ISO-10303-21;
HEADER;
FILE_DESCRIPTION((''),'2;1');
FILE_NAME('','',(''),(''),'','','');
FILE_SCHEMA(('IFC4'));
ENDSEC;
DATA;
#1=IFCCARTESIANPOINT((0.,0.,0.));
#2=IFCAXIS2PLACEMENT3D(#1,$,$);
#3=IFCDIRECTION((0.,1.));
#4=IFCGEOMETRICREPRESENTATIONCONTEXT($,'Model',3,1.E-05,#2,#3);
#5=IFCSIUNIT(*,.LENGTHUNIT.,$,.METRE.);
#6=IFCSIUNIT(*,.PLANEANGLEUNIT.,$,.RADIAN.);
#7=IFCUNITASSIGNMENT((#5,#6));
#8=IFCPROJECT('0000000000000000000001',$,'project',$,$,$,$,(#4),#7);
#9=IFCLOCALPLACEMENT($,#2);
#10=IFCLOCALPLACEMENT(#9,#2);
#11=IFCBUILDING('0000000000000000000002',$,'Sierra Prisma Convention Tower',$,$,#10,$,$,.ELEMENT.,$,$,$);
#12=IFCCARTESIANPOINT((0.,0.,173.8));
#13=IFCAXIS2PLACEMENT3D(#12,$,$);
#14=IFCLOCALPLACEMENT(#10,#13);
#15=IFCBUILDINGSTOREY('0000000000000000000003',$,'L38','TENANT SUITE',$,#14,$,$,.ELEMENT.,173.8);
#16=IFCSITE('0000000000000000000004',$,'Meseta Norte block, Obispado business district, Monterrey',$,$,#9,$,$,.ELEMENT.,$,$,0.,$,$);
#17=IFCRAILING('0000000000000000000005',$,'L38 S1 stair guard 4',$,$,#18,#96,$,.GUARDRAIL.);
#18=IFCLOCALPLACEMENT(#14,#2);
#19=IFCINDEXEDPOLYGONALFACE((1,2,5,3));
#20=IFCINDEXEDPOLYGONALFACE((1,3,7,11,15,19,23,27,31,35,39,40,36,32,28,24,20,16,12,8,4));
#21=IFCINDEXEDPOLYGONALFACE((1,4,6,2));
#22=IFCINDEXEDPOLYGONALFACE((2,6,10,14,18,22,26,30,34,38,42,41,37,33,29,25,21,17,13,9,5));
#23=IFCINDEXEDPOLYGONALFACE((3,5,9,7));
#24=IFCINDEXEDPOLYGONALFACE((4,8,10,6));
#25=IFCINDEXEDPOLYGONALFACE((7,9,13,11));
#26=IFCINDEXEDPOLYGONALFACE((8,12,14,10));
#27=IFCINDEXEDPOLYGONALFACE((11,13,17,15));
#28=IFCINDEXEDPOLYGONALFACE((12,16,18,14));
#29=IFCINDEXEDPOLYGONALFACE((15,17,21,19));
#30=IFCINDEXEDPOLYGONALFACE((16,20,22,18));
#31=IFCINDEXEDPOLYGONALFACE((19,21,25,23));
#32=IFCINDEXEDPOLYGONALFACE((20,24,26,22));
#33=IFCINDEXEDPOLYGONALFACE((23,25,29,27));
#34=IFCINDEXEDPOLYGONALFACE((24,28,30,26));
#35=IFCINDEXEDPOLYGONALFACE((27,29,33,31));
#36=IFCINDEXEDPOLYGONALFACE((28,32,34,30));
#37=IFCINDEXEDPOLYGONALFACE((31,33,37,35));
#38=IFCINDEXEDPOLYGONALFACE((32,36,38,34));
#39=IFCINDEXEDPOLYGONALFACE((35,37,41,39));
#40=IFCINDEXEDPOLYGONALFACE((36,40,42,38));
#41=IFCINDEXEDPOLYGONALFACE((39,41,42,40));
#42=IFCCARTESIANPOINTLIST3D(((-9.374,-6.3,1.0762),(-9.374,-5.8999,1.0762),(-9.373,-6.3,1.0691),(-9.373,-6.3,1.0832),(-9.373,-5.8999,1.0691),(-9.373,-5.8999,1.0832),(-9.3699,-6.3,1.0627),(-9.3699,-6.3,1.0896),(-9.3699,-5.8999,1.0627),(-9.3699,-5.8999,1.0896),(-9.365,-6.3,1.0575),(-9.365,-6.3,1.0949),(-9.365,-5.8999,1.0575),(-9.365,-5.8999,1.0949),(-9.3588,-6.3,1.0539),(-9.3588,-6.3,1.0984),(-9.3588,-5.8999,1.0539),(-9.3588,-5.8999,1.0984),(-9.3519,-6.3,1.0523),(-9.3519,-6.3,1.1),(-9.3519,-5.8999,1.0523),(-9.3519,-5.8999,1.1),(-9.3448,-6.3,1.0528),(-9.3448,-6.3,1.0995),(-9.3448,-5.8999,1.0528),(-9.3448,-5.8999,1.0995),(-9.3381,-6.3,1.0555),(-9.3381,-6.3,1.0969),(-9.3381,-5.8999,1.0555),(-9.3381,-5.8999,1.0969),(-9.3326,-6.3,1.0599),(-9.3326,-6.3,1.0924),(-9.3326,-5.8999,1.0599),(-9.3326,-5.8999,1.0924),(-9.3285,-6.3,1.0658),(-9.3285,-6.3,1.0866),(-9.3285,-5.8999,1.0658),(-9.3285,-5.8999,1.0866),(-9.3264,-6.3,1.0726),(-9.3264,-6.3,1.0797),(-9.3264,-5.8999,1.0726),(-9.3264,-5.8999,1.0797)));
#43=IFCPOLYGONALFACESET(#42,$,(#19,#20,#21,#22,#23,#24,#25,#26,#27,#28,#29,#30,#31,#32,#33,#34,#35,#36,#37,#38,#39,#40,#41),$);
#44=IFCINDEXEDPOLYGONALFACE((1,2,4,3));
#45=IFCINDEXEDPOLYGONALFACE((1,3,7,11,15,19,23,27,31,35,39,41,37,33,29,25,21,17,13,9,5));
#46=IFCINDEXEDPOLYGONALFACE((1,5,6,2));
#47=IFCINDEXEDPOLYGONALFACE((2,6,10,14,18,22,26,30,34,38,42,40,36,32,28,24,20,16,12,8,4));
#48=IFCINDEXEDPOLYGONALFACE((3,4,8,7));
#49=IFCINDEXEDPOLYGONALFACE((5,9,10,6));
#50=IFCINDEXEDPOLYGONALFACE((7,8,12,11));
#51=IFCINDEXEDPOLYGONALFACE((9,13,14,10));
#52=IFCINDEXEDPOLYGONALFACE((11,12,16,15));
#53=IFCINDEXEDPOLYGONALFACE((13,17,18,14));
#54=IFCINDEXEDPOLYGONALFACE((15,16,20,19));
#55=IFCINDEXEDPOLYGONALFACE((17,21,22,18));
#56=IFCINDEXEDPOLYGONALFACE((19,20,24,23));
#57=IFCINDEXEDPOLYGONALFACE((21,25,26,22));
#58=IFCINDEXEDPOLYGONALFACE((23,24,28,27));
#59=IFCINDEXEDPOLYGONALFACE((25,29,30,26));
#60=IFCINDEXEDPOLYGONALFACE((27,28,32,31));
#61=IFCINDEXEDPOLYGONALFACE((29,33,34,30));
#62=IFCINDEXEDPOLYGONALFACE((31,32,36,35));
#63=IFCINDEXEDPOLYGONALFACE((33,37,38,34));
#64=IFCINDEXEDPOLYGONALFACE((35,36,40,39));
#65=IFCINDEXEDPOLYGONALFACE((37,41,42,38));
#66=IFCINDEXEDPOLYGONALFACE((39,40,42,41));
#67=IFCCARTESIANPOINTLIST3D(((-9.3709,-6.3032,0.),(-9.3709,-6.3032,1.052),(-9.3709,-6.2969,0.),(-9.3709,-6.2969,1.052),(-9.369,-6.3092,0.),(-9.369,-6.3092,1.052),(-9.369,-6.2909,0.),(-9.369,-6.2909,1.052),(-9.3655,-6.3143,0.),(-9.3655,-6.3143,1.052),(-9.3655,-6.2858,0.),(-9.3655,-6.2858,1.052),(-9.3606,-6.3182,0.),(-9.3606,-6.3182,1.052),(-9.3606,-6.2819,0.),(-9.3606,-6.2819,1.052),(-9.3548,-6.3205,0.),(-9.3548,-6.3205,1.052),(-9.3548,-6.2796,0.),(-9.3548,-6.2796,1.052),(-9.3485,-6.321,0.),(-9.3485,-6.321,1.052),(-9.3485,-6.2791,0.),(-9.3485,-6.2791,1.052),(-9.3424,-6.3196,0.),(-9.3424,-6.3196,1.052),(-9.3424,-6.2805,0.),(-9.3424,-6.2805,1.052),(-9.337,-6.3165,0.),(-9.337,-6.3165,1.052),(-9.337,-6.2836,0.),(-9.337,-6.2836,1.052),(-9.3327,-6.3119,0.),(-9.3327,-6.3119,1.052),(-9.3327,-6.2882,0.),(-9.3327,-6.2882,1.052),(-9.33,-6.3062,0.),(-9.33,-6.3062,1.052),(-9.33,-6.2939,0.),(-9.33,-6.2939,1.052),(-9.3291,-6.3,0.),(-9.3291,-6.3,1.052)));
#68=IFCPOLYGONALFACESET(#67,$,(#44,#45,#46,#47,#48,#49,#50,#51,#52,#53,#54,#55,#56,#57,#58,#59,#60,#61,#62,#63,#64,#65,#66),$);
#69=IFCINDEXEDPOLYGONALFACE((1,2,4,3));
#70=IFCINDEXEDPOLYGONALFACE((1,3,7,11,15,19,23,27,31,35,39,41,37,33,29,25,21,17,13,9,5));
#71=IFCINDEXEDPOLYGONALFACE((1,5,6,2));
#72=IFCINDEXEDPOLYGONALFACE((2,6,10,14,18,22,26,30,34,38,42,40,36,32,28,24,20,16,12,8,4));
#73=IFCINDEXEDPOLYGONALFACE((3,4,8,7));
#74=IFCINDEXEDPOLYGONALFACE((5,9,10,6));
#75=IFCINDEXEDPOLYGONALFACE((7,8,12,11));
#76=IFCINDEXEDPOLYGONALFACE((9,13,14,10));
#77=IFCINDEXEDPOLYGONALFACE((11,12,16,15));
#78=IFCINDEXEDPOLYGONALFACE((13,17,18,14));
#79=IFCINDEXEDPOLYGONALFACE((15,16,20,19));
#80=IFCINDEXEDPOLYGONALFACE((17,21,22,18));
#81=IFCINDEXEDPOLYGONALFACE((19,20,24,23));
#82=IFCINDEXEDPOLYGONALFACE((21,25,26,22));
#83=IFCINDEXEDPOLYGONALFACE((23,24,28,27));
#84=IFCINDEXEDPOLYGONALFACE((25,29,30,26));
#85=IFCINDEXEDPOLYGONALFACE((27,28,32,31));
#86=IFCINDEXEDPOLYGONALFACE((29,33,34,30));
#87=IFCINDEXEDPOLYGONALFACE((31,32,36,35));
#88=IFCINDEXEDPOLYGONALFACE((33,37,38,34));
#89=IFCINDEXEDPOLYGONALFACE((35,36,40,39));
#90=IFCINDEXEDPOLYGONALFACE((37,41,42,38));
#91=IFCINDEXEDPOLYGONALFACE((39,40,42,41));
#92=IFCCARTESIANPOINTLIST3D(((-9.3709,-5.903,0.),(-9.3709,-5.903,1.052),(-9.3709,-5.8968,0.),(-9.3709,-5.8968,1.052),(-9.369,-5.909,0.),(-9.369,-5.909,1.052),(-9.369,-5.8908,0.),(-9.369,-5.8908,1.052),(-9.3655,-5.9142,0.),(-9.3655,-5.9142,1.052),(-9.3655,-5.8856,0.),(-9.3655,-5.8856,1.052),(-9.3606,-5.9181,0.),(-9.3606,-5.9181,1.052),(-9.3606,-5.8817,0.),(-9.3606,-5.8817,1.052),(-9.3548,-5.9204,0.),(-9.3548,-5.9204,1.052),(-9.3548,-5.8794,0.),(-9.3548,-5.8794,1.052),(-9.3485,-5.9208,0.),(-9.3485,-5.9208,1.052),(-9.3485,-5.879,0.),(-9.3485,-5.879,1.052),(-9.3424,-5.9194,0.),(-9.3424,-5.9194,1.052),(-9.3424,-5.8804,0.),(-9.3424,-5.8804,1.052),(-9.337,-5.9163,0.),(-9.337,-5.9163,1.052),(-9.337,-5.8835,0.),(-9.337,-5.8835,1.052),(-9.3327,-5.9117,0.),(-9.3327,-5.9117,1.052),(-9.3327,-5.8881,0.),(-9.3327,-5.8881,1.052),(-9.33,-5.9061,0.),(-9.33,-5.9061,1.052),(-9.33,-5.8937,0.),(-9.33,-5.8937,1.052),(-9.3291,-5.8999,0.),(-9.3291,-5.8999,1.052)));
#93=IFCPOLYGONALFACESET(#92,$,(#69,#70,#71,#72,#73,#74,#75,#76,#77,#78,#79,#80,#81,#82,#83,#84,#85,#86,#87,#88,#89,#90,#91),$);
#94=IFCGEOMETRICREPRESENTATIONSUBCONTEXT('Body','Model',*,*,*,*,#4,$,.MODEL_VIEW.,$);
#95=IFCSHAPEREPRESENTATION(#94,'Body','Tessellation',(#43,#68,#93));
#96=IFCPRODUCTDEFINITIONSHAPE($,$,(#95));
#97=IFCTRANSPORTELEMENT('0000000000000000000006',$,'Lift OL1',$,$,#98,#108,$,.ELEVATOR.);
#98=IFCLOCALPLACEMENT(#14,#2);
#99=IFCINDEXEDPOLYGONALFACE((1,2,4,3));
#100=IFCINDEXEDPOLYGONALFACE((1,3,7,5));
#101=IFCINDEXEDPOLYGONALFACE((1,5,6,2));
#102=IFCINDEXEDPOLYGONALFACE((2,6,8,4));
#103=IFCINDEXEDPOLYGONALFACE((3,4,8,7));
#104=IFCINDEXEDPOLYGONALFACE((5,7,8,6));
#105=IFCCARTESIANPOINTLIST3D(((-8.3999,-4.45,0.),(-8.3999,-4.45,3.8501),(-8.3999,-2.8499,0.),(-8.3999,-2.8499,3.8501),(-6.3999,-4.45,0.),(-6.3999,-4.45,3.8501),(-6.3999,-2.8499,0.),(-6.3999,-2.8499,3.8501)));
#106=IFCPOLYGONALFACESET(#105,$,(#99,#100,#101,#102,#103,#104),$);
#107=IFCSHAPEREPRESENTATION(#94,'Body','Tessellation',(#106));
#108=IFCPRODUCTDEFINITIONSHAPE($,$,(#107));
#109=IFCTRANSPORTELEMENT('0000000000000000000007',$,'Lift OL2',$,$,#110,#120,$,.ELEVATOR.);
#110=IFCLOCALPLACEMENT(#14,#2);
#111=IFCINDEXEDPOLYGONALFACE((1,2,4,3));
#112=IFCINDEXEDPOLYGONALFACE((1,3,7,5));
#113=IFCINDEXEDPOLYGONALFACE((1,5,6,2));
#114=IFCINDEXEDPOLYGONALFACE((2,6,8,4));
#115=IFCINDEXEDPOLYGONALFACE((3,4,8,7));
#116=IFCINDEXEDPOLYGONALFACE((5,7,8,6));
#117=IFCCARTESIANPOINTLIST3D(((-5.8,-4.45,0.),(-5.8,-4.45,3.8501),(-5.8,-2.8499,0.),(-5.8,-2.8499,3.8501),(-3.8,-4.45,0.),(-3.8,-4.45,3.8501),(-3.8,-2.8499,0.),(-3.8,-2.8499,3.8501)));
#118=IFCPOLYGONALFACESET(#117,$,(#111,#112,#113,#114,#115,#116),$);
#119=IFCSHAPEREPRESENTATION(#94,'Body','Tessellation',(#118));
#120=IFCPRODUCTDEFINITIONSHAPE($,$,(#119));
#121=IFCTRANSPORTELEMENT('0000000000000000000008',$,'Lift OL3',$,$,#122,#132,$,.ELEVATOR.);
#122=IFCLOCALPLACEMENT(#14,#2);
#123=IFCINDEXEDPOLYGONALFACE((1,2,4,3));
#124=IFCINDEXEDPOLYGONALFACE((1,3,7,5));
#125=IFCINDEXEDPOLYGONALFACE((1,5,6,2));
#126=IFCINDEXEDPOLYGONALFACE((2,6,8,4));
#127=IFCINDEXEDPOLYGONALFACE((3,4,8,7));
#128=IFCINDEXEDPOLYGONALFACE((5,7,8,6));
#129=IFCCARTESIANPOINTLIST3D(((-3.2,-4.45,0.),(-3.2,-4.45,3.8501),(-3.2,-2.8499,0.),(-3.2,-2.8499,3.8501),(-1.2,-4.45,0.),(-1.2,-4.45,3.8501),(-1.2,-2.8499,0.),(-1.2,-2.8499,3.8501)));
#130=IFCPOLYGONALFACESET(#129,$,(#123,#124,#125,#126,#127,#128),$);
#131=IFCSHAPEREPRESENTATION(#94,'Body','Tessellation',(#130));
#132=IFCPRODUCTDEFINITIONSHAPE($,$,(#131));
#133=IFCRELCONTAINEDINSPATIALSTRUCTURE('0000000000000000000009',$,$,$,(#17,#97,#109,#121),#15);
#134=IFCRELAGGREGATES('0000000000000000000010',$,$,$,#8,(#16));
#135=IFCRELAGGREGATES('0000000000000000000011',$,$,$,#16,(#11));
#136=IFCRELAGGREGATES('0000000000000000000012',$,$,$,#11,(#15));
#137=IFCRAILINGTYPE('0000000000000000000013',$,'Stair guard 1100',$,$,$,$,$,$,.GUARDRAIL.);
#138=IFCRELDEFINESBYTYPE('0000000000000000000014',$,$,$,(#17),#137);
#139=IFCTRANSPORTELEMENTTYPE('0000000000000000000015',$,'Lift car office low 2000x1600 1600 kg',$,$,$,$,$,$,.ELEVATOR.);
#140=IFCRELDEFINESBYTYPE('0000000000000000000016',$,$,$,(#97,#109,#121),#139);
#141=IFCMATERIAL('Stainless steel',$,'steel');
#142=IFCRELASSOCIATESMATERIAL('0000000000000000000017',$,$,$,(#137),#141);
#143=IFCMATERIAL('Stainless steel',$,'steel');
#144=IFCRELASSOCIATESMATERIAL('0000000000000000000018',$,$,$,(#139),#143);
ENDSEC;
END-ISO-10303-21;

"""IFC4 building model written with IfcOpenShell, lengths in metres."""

from ifc_helpers import new_model, si_unit, direction, frame, origin, origin_2d, place, context, subcontext, project, spatial, rectangle, circle, extrude, material, type_object, element, save


model = new_model("IFC4")

# Units and contexts
model_context = context("Model", 3, precision=1e-05, world=origin(), true_north=direction((0.0, 1.0)))
body_context = subcontext(model_context, "Body", "Model", "MODEL_VIEW")
ifc_project = project(units=[si_unit("LENGTHUNIT", "METRE"), si_unit("PLANEANGLEUNIT", "RADIAN")], contexts=[model_context])

# Site, building, storey
site_placement = place(None, origin())
site = spatial("IfcSite", under=ifc_project, at=site_placement, Name="Meseta Norte block, Obispado business district, Monterrey", CompositionType="ELEMENT", RefElevation=0.0)
building_placement = place(site_placement, origin())
building = spatial("IfcBuilding", under=site, at=building_placement, Name="Sierra Prisma Convention Tower", CompositionType="ELEMENT")
storey_placement = place(building_placement, frame((0.0, 0.0, 173.8)))
storey = spatial("IfcBuildingStorey", under=building, at=storey_placement, Name="L38", Description="TENANT SUITE", CompositionType="ELEMENT", Elevation=173.8)

# Railing
ifc_material_1 = material(Name="Stainless steel", Category="steel")
railing_type_1 = type_object("IfcRailingType", Name="Stair guard 1100", PredefinedType="GUARDRAIL", material=ifc_material_1)
railing_1_placement = place(storey_placement, frame((-9.3501, -6.3, 0.0)))
element("IfcRailing", 1, at=railing_1_placement, inside=storey, type_object=railing_type_1, Name="L38 S1 stair guard 4", PredefinedType="GUARDRAIL", context=body_context, shape_type="SweptSolid", body=[
    extrude(circle(Radius=0.0239, at=origin_2d()), frame((0.0, 0.0, 1.0762), z_axis=(0.0, 1.0, 0.0), x_axis=(-1.0, 0.0, 0.0)), (0.0, 0.0, 1.0), 0.4001),
    extrude(circle(Radius=0.021, at=origin_2d()), origin(), (0.0, 0.0, 1.0), 1.052),
    extrude(circle(Radius=0.021, at=origin_2d()), frame((0.0, 0.4001, 0.0)), (0.0, 0.0, 1.0), 1.052),
])

# Transport elements
ifc_material_2 = material(Name="Stainless steel", Category="steel")
transport_element_type = type_object("IfcTransportElementType", Name="Lift car office low 2000x1600 1600 kg", PredefinedType="ELEVATOR", material=ifc_material_2)
for number, where, z_axis, x_axis, name in (
    (2, (-7.3999, -3.6499, 0.0), (0.0, 0.0, 1.0), (1.0, 0.0, 0.0), "Lift OL1"),
    (3, (-4.8, -3.6499, 0.0), (0.0, 0.0, 1.0), (1.0, 0.0, 0.0), "Lift OL2"),
    (4, (-2.2, -3.6499, 0.0), (0.0, 0.0, 1.0), (1.0, 0.0, 0.0), "Lift OL3"),
):
    element("IfcTransportElement", number, at=place(storey_placement, frame(where, z_axis=z_axis, x_axis=x_axis)), inside=storey, type_object=transport_element_type, Name=name, PredefinedType="ELEVATOR", context=body_context, shape_type="SweptSolid", body=[
        extrude(rectangle(XDim=2.0, YDim=1.6001, at=origin_2d()), origin(), (0.0, 0.0, 1.0), 3.8501),
    ])

save(model, "model.ifc")
